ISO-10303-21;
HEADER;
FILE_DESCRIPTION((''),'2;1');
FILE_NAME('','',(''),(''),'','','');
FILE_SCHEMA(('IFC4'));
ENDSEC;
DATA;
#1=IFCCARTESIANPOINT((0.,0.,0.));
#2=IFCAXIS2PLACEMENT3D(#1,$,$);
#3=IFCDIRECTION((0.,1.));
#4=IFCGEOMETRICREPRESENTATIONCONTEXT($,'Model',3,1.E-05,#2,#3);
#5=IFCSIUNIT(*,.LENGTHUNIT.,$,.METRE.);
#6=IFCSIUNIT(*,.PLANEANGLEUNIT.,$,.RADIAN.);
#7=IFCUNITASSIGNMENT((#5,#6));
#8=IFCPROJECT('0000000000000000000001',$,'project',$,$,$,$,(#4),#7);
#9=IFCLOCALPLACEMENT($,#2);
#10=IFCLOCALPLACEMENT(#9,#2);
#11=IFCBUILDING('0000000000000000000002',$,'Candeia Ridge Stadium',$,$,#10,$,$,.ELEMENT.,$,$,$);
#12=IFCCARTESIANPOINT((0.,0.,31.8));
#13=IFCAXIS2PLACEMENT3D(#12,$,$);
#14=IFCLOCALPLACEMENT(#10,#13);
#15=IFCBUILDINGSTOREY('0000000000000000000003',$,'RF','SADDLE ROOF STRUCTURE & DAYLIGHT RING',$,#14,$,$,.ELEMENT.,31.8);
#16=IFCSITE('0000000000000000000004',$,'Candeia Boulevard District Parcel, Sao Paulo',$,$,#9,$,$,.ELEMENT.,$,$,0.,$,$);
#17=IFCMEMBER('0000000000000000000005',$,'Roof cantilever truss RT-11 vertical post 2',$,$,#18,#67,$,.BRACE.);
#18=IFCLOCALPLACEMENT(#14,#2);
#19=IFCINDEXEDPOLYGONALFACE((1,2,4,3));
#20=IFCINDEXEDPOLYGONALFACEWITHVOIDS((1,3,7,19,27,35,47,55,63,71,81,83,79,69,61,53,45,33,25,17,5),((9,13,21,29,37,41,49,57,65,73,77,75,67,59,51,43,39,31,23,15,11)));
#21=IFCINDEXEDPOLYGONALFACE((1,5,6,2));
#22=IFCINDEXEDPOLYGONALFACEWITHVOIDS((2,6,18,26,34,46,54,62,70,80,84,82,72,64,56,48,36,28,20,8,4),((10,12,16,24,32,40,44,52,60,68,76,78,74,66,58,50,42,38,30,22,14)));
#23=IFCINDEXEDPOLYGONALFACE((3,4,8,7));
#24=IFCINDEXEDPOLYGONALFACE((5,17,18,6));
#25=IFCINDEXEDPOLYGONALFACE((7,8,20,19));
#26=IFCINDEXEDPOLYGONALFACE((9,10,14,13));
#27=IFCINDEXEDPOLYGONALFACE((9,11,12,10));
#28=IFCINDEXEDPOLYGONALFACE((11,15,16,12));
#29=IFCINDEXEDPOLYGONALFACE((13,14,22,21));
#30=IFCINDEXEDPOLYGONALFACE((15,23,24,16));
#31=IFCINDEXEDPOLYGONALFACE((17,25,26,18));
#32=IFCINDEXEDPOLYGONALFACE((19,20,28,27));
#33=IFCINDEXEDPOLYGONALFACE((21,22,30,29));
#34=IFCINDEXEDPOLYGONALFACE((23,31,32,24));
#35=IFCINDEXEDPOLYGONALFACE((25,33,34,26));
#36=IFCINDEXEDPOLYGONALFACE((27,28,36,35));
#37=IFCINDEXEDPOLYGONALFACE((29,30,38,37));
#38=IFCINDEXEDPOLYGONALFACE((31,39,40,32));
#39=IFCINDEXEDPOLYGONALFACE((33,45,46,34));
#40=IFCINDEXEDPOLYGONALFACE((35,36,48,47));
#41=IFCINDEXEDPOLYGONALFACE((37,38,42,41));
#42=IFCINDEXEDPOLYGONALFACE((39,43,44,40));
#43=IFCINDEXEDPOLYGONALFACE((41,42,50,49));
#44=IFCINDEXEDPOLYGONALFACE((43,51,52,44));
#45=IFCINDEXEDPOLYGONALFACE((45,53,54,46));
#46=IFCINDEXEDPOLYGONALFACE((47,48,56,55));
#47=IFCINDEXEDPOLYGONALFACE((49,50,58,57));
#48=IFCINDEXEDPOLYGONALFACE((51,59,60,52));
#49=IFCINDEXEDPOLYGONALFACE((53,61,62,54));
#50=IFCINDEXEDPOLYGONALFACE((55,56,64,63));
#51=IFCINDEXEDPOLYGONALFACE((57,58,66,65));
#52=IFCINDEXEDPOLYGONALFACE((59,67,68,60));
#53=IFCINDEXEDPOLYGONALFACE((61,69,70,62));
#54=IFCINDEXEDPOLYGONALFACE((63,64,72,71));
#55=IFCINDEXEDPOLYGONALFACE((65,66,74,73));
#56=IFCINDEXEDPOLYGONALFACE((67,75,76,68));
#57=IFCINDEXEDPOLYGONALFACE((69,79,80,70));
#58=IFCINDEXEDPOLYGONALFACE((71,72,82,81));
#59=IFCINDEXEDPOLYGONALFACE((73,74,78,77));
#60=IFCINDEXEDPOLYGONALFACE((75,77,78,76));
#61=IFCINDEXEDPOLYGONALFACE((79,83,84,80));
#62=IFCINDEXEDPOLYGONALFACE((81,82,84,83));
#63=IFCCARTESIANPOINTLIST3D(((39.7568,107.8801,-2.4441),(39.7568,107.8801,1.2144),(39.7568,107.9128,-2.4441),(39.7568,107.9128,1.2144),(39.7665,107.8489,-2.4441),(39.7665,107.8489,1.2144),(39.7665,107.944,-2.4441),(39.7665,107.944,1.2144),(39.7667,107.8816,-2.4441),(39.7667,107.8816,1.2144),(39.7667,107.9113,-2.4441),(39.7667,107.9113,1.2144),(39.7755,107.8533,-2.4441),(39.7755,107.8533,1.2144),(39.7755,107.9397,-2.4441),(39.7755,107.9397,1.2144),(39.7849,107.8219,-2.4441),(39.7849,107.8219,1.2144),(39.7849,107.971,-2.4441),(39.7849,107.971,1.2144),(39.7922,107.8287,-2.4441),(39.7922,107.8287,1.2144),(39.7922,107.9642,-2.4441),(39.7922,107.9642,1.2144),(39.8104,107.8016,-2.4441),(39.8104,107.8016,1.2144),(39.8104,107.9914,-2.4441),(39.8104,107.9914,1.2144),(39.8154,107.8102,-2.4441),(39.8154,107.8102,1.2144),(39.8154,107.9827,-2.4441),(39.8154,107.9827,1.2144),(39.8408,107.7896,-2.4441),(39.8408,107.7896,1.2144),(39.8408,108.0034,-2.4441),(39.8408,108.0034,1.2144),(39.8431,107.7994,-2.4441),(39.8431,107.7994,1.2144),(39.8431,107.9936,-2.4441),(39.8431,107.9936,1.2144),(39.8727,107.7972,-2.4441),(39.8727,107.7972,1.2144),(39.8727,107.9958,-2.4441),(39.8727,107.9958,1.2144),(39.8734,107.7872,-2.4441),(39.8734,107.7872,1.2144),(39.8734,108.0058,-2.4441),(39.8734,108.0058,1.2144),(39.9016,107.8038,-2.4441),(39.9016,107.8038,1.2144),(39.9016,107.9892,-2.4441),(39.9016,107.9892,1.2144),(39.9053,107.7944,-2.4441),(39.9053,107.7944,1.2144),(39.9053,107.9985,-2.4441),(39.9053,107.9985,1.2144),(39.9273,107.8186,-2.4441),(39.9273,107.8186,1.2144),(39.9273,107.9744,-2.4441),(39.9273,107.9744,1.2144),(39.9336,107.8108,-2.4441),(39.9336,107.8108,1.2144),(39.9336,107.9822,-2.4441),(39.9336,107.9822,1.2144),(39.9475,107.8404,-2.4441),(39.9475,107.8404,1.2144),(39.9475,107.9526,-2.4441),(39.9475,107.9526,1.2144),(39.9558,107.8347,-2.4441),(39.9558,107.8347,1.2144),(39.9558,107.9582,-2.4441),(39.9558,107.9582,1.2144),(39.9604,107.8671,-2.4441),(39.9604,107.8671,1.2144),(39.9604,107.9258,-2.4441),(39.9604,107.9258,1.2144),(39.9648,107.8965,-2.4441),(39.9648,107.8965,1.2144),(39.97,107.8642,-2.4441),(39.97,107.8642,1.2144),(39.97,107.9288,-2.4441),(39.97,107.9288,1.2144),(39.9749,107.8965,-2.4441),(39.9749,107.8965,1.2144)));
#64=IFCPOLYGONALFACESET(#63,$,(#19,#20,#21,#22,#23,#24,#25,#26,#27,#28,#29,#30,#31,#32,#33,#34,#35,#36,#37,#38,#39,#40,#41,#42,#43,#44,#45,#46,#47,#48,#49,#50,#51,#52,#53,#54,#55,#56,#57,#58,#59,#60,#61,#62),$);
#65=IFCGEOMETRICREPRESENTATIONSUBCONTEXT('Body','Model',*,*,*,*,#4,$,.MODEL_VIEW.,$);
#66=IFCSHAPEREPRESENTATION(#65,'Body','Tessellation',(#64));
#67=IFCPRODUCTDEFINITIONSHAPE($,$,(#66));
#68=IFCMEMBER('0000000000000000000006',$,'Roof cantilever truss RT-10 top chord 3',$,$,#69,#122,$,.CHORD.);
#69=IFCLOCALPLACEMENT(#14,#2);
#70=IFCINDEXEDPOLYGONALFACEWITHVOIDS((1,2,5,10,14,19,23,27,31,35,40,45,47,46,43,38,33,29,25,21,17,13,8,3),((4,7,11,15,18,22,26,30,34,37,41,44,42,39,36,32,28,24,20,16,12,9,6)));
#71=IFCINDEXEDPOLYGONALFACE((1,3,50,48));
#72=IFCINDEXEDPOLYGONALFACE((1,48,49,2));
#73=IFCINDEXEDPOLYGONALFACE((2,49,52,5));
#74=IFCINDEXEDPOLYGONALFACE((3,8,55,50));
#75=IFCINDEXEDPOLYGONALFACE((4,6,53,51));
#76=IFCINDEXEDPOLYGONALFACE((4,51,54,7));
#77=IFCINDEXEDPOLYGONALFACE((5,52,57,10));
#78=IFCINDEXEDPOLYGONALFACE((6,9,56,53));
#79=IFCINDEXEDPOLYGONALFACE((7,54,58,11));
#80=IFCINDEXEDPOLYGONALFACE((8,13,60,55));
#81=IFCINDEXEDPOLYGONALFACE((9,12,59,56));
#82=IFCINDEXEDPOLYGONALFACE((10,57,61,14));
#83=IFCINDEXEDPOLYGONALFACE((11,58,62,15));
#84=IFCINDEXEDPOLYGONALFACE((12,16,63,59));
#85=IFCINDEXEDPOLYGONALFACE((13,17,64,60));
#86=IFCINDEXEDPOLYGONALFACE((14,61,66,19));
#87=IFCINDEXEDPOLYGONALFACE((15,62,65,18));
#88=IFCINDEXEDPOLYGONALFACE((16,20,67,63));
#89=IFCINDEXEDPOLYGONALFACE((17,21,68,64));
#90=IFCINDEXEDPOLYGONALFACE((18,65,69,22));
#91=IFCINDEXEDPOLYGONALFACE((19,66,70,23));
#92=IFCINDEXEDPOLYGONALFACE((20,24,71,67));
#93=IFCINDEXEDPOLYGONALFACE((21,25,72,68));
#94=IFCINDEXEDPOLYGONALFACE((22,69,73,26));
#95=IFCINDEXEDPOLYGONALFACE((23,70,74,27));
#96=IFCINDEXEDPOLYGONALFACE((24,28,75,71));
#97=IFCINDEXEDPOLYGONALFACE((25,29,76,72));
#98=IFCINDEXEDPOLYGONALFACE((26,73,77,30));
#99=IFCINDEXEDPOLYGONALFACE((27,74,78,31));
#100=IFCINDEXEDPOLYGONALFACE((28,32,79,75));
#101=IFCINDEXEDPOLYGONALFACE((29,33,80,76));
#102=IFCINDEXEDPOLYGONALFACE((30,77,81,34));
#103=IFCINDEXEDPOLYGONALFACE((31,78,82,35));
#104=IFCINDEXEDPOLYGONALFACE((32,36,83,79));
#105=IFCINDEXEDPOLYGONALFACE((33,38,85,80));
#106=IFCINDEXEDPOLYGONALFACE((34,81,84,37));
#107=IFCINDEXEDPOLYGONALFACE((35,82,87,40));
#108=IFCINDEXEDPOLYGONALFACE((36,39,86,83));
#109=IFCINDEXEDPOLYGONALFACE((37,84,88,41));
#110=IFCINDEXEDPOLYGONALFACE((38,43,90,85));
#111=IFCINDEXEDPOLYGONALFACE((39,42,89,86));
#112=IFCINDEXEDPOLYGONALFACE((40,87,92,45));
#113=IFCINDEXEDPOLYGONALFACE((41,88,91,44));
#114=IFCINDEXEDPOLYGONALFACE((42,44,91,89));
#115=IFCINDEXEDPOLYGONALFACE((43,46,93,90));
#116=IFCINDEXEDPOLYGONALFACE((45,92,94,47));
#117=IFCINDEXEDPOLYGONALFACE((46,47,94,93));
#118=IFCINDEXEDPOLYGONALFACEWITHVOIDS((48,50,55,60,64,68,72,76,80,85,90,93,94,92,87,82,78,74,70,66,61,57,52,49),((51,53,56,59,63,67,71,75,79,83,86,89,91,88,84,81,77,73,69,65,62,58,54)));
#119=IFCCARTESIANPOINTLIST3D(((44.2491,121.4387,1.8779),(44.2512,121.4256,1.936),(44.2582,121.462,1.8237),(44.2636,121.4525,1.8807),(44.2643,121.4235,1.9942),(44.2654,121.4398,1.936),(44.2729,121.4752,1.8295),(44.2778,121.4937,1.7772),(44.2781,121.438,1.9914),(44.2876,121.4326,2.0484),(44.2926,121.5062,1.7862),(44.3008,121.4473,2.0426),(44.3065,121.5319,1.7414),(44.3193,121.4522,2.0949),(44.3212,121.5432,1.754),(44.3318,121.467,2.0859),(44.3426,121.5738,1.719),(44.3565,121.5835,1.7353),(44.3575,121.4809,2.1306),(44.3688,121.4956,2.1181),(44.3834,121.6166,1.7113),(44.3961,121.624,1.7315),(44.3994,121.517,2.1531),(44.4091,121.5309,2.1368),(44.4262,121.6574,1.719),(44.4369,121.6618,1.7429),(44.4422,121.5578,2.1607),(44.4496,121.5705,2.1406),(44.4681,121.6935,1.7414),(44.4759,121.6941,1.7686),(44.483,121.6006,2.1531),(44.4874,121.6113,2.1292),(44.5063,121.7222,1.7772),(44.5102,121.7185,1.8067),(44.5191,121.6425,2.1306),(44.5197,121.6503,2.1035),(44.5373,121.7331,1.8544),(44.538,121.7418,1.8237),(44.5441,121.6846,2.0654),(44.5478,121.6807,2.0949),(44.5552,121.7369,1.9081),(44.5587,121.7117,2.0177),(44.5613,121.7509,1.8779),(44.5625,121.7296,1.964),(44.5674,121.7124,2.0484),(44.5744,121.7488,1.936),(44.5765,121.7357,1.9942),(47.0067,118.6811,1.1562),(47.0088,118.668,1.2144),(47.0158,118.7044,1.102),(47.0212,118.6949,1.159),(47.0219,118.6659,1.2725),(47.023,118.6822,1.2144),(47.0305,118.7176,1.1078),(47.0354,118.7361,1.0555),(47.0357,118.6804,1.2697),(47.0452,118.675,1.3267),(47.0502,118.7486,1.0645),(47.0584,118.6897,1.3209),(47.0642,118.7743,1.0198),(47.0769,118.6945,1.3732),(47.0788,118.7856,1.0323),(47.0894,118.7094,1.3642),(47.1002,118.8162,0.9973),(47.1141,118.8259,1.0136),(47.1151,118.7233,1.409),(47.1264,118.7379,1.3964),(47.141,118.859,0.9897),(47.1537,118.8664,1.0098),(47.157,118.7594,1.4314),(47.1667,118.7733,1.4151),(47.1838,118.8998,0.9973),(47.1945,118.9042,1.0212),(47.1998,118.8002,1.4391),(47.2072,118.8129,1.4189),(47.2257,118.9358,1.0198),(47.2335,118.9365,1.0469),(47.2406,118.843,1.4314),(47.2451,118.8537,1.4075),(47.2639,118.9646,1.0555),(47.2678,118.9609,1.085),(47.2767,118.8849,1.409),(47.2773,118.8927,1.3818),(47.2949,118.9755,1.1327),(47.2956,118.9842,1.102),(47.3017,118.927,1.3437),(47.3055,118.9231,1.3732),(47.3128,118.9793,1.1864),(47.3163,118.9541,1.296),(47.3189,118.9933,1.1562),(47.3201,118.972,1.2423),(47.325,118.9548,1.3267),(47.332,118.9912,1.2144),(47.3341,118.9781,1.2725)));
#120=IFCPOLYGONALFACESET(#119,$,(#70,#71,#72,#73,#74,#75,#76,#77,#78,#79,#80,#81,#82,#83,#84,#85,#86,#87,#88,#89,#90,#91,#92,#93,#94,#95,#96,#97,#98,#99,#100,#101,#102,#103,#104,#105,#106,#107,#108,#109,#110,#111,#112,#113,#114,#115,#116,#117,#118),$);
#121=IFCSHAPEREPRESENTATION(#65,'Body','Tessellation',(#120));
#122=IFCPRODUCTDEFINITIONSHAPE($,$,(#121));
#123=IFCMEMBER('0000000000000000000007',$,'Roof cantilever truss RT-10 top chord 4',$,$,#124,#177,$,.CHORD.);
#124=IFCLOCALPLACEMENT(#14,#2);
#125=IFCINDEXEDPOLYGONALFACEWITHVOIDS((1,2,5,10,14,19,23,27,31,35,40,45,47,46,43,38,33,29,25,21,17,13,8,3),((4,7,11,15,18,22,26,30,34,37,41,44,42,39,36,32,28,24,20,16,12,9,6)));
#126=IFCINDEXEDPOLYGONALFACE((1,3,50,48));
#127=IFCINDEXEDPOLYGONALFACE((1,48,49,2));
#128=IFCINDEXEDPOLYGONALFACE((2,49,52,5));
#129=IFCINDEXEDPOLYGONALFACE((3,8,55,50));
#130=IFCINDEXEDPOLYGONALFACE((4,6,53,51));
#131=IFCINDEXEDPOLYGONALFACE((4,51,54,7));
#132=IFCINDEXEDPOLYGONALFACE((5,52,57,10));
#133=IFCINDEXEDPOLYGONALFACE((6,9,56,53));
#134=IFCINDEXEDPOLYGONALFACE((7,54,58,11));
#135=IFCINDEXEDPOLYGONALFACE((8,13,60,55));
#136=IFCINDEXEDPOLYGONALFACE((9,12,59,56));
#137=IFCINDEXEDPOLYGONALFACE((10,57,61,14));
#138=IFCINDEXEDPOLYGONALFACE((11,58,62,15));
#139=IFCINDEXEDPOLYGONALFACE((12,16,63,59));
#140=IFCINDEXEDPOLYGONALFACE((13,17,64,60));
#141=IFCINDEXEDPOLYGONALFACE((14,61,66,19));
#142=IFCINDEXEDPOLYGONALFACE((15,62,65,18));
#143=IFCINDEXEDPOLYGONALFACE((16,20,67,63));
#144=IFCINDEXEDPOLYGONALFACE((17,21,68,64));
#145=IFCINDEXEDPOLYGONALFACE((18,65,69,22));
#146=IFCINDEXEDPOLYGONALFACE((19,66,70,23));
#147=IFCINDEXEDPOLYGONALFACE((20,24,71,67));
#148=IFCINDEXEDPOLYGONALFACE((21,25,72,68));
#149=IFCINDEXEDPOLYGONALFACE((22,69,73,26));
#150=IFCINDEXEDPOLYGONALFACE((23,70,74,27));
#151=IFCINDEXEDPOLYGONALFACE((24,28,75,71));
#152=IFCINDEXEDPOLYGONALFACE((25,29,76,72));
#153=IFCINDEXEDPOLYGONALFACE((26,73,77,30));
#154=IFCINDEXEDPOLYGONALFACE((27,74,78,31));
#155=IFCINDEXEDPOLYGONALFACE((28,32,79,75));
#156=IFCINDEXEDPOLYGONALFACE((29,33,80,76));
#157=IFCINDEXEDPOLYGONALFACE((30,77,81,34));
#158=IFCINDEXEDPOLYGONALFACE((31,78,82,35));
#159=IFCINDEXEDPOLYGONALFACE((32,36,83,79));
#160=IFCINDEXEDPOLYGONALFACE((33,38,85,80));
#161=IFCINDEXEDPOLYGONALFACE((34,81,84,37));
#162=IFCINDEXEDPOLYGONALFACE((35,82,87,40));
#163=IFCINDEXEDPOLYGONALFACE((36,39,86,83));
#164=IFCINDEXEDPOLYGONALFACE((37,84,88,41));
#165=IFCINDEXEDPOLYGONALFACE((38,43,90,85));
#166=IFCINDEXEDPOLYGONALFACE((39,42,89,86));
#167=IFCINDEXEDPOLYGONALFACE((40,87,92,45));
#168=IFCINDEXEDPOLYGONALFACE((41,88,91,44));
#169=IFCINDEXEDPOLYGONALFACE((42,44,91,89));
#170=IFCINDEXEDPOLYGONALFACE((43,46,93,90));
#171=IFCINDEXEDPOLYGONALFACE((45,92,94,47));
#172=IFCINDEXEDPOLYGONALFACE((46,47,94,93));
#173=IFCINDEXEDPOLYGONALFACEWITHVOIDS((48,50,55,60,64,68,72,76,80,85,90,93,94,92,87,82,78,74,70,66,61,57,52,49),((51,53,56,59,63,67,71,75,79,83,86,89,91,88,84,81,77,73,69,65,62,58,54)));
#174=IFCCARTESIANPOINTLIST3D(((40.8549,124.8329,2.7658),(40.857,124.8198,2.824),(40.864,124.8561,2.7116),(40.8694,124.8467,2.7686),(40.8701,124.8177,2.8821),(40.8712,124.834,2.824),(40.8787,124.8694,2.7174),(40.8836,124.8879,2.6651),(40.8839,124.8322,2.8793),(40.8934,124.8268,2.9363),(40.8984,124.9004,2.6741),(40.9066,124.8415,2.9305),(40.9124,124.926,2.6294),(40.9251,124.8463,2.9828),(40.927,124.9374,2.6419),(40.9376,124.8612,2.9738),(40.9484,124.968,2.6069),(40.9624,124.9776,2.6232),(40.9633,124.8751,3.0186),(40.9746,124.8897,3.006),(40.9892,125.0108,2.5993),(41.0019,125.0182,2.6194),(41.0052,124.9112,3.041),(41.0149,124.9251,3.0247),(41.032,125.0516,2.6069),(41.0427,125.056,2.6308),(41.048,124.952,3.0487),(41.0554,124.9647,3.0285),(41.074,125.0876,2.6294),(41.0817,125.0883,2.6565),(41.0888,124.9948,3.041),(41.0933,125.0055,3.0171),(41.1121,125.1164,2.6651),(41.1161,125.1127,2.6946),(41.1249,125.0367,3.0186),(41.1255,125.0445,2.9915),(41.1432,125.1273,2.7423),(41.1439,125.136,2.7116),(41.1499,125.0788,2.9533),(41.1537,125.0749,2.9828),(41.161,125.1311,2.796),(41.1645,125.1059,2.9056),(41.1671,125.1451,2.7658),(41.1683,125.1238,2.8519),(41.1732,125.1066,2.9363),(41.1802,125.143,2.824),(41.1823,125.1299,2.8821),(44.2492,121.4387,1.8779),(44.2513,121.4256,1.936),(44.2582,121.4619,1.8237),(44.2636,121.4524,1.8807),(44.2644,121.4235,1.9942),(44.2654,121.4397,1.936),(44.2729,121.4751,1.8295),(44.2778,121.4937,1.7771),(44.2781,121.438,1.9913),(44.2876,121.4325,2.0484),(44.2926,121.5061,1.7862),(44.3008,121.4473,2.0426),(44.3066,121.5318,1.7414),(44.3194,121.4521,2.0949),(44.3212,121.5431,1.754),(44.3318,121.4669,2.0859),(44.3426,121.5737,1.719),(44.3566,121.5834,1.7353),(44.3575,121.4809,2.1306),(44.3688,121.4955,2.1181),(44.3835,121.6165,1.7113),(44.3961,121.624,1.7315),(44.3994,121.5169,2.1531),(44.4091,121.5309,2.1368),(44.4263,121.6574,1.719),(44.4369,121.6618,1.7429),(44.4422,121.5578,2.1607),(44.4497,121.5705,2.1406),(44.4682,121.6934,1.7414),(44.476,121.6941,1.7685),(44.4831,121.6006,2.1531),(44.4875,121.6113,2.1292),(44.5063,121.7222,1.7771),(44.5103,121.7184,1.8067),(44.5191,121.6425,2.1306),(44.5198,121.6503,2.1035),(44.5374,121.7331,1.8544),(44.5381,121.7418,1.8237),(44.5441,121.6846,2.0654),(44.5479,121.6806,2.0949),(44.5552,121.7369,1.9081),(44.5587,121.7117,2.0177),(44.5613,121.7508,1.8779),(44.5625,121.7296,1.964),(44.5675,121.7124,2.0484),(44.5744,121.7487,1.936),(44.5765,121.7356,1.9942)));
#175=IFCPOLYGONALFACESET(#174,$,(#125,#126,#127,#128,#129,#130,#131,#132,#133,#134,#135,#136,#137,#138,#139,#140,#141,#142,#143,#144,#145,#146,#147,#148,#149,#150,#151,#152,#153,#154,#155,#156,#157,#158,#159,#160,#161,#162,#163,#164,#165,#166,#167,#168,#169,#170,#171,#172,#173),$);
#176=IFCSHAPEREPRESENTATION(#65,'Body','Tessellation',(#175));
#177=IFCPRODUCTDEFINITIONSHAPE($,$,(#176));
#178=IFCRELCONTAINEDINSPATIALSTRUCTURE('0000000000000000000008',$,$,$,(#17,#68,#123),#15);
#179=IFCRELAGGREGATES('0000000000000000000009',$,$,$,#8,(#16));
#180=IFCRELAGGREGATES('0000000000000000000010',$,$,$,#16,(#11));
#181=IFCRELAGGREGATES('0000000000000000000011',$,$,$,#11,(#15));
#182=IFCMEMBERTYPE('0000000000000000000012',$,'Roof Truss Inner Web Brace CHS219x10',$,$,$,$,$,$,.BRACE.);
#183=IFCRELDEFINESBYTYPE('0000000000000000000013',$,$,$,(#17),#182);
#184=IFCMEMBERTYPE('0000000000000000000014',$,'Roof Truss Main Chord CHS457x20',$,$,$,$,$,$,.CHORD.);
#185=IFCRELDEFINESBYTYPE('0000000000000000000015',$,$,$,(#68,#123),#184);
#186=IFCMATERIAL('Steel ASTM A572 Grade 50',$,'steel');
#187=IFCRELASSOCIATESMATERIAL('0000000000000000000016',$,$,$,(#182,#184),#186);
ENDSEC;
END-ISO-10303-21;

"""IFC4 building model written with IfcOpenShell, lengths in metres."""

from ifc_helpers import new_model, si_unit, direction, frame, origin, origin_2d, place, context, subcontext, project, spatial, hollow_circle, extrude, material, material_profile, profile_set, type_object, element, save


model = new_model("IFC4")

# Units and contexts
model_context = context("Model", 3, precision=1e-05, world=origin(), true_north=direction((0.0, 1.0)))
body_context = subcontext(model_context, "Body", "Model", "MODEL_VIEW")
ifc_project = project(units=[si_unit("LENGTHUNIT", "METRE"), si_unit("PLANEANGLEUNIT", "RADIAN")], contexts=[model_context])

# Site, building, storey
site_placement = place(None, origin())
site = spatial("IfcSite", under=ifc_project, at=site_placement, Name="Candeia Boulevard District Parcel, Sao Paulo", CompositionType="ELEMENT", RefElevation=0.0)
building_placement = place(site_placement, origin())
building = spatial("IfcBuilding", under=site, at=building_placement, Name="Candeia Ridge Stadium", CompositionType="ELEMENT")
storey_placement = place(building_placement, frame((0.0, 0.0, 31.8)))
storey = spatial("IfcBuildingStorey", under=building, at=storey_placement, Name="RF", Description="SADDLE ROOF STRUCTURE & DAYLIGHT RING", CompositionType="ELEMENT", Elevation=31.8)

# Shared definitions
ifc_material_1 = material(Name="Steel ASTM A572 Grade 50", Category="steel")

# Members
ifc_material_profile_1 = material_profile(ifc_material_1, hollow_circle(Radius=0.1096, WallThickness=0.01, at=origin_2d()), Name="CHS219x10", Category="steel")
ifc_profile_set_1 = profile_set([ifc_material_profile_1], Name="Steel ASTM A572 Grade 50")
member_type_1 = type_object("IfcMemberType", Name="Roof Truss Inner Web Brace CHS219x10", PredefinedType="BRACE", material=ifc_profile_set_1)
for number, where, z_axis, x_axis, name in (
    (1, (39.8652, 107.8965, -2.4441), (0.0, 0.0, 1.0), (1.0, 0.0, 0.0), "Roof cantilever truss RT-11 vertical post 2"),
):
    element("IfcMember", number, at=place(storey_placement, frame(where, z_axis=z_axis, x_axis=x_axis)), inside=storey, type_object=member_type_1, Name=name, PredefinedType="BRACE", context=body_context, shape_type="SweptSolid", body=[
        extrude(hollow_circle(Radius=0.1096, WallThickness=0.01, at=origin_2d()), origin(), (0.0, 0.0, 1.0), 3.6584),
    ])
ifc_material_profile_2 = material_profile(ifc_material_1, hollow_circle(Radius=0.2285, WallThickness=0.02, at=origin_2d()), Name="CHS457x20", Category="steel")
ifc_profile_set_2 = profile_set([ifc_material_profile_2], Name="Steel ASTM A572 Grade 50")
member_type_2 = type_object("IfcMemberType", Name="Roof Truss Main Chord CHS457x20", PredefinedType="CHORD", material=ifc_profile_set_2)
member_1_placement = place(storey_placement, frame((47.1704, 118.8296, 1.2144), z_axis=(-0.695301, 0.695301, 0.181966), x_axis=(-0.707107, -0.707107, 0.0)))
element("IfcMember", 2, at=member_1_placement, inside=storey, type_object=member_type_2, Name="Roof cantilever truss RT-10 top chord 3", PredefinedType="CHORD", context=body_context, shape_type="SweptSolid", body=[
    extrude(hollow_circle(Radius=0.2285, WallThickness=0.02, at=origin_2d()), origin(), (0.0, 0.0, 1.0), 3.9661),
])
member_2_placement = place(storey_placement, frame((44.4128, 121.5872, 1.936), z_axis=(-0.695311, 0.695311, 0.181892), x_axis=(-0.707107, -0.707107, 0.0)))
element("IfcMember", 3, at=member_2_placement, inside=storey, type_object=member_type_2, Name="Roof cantilever truss RT-10 top chord 4", PredefinedType="CHORD", context=body_context, shape_type="SweptSolid", body=[
    extrude(hollow_circle(Radius=0.2285, WallThickness=0.02, at=origin_2d()), origin(), (0.0, 0.0, 1.0), 4.8816),
])

save(model, "model.ifc")
